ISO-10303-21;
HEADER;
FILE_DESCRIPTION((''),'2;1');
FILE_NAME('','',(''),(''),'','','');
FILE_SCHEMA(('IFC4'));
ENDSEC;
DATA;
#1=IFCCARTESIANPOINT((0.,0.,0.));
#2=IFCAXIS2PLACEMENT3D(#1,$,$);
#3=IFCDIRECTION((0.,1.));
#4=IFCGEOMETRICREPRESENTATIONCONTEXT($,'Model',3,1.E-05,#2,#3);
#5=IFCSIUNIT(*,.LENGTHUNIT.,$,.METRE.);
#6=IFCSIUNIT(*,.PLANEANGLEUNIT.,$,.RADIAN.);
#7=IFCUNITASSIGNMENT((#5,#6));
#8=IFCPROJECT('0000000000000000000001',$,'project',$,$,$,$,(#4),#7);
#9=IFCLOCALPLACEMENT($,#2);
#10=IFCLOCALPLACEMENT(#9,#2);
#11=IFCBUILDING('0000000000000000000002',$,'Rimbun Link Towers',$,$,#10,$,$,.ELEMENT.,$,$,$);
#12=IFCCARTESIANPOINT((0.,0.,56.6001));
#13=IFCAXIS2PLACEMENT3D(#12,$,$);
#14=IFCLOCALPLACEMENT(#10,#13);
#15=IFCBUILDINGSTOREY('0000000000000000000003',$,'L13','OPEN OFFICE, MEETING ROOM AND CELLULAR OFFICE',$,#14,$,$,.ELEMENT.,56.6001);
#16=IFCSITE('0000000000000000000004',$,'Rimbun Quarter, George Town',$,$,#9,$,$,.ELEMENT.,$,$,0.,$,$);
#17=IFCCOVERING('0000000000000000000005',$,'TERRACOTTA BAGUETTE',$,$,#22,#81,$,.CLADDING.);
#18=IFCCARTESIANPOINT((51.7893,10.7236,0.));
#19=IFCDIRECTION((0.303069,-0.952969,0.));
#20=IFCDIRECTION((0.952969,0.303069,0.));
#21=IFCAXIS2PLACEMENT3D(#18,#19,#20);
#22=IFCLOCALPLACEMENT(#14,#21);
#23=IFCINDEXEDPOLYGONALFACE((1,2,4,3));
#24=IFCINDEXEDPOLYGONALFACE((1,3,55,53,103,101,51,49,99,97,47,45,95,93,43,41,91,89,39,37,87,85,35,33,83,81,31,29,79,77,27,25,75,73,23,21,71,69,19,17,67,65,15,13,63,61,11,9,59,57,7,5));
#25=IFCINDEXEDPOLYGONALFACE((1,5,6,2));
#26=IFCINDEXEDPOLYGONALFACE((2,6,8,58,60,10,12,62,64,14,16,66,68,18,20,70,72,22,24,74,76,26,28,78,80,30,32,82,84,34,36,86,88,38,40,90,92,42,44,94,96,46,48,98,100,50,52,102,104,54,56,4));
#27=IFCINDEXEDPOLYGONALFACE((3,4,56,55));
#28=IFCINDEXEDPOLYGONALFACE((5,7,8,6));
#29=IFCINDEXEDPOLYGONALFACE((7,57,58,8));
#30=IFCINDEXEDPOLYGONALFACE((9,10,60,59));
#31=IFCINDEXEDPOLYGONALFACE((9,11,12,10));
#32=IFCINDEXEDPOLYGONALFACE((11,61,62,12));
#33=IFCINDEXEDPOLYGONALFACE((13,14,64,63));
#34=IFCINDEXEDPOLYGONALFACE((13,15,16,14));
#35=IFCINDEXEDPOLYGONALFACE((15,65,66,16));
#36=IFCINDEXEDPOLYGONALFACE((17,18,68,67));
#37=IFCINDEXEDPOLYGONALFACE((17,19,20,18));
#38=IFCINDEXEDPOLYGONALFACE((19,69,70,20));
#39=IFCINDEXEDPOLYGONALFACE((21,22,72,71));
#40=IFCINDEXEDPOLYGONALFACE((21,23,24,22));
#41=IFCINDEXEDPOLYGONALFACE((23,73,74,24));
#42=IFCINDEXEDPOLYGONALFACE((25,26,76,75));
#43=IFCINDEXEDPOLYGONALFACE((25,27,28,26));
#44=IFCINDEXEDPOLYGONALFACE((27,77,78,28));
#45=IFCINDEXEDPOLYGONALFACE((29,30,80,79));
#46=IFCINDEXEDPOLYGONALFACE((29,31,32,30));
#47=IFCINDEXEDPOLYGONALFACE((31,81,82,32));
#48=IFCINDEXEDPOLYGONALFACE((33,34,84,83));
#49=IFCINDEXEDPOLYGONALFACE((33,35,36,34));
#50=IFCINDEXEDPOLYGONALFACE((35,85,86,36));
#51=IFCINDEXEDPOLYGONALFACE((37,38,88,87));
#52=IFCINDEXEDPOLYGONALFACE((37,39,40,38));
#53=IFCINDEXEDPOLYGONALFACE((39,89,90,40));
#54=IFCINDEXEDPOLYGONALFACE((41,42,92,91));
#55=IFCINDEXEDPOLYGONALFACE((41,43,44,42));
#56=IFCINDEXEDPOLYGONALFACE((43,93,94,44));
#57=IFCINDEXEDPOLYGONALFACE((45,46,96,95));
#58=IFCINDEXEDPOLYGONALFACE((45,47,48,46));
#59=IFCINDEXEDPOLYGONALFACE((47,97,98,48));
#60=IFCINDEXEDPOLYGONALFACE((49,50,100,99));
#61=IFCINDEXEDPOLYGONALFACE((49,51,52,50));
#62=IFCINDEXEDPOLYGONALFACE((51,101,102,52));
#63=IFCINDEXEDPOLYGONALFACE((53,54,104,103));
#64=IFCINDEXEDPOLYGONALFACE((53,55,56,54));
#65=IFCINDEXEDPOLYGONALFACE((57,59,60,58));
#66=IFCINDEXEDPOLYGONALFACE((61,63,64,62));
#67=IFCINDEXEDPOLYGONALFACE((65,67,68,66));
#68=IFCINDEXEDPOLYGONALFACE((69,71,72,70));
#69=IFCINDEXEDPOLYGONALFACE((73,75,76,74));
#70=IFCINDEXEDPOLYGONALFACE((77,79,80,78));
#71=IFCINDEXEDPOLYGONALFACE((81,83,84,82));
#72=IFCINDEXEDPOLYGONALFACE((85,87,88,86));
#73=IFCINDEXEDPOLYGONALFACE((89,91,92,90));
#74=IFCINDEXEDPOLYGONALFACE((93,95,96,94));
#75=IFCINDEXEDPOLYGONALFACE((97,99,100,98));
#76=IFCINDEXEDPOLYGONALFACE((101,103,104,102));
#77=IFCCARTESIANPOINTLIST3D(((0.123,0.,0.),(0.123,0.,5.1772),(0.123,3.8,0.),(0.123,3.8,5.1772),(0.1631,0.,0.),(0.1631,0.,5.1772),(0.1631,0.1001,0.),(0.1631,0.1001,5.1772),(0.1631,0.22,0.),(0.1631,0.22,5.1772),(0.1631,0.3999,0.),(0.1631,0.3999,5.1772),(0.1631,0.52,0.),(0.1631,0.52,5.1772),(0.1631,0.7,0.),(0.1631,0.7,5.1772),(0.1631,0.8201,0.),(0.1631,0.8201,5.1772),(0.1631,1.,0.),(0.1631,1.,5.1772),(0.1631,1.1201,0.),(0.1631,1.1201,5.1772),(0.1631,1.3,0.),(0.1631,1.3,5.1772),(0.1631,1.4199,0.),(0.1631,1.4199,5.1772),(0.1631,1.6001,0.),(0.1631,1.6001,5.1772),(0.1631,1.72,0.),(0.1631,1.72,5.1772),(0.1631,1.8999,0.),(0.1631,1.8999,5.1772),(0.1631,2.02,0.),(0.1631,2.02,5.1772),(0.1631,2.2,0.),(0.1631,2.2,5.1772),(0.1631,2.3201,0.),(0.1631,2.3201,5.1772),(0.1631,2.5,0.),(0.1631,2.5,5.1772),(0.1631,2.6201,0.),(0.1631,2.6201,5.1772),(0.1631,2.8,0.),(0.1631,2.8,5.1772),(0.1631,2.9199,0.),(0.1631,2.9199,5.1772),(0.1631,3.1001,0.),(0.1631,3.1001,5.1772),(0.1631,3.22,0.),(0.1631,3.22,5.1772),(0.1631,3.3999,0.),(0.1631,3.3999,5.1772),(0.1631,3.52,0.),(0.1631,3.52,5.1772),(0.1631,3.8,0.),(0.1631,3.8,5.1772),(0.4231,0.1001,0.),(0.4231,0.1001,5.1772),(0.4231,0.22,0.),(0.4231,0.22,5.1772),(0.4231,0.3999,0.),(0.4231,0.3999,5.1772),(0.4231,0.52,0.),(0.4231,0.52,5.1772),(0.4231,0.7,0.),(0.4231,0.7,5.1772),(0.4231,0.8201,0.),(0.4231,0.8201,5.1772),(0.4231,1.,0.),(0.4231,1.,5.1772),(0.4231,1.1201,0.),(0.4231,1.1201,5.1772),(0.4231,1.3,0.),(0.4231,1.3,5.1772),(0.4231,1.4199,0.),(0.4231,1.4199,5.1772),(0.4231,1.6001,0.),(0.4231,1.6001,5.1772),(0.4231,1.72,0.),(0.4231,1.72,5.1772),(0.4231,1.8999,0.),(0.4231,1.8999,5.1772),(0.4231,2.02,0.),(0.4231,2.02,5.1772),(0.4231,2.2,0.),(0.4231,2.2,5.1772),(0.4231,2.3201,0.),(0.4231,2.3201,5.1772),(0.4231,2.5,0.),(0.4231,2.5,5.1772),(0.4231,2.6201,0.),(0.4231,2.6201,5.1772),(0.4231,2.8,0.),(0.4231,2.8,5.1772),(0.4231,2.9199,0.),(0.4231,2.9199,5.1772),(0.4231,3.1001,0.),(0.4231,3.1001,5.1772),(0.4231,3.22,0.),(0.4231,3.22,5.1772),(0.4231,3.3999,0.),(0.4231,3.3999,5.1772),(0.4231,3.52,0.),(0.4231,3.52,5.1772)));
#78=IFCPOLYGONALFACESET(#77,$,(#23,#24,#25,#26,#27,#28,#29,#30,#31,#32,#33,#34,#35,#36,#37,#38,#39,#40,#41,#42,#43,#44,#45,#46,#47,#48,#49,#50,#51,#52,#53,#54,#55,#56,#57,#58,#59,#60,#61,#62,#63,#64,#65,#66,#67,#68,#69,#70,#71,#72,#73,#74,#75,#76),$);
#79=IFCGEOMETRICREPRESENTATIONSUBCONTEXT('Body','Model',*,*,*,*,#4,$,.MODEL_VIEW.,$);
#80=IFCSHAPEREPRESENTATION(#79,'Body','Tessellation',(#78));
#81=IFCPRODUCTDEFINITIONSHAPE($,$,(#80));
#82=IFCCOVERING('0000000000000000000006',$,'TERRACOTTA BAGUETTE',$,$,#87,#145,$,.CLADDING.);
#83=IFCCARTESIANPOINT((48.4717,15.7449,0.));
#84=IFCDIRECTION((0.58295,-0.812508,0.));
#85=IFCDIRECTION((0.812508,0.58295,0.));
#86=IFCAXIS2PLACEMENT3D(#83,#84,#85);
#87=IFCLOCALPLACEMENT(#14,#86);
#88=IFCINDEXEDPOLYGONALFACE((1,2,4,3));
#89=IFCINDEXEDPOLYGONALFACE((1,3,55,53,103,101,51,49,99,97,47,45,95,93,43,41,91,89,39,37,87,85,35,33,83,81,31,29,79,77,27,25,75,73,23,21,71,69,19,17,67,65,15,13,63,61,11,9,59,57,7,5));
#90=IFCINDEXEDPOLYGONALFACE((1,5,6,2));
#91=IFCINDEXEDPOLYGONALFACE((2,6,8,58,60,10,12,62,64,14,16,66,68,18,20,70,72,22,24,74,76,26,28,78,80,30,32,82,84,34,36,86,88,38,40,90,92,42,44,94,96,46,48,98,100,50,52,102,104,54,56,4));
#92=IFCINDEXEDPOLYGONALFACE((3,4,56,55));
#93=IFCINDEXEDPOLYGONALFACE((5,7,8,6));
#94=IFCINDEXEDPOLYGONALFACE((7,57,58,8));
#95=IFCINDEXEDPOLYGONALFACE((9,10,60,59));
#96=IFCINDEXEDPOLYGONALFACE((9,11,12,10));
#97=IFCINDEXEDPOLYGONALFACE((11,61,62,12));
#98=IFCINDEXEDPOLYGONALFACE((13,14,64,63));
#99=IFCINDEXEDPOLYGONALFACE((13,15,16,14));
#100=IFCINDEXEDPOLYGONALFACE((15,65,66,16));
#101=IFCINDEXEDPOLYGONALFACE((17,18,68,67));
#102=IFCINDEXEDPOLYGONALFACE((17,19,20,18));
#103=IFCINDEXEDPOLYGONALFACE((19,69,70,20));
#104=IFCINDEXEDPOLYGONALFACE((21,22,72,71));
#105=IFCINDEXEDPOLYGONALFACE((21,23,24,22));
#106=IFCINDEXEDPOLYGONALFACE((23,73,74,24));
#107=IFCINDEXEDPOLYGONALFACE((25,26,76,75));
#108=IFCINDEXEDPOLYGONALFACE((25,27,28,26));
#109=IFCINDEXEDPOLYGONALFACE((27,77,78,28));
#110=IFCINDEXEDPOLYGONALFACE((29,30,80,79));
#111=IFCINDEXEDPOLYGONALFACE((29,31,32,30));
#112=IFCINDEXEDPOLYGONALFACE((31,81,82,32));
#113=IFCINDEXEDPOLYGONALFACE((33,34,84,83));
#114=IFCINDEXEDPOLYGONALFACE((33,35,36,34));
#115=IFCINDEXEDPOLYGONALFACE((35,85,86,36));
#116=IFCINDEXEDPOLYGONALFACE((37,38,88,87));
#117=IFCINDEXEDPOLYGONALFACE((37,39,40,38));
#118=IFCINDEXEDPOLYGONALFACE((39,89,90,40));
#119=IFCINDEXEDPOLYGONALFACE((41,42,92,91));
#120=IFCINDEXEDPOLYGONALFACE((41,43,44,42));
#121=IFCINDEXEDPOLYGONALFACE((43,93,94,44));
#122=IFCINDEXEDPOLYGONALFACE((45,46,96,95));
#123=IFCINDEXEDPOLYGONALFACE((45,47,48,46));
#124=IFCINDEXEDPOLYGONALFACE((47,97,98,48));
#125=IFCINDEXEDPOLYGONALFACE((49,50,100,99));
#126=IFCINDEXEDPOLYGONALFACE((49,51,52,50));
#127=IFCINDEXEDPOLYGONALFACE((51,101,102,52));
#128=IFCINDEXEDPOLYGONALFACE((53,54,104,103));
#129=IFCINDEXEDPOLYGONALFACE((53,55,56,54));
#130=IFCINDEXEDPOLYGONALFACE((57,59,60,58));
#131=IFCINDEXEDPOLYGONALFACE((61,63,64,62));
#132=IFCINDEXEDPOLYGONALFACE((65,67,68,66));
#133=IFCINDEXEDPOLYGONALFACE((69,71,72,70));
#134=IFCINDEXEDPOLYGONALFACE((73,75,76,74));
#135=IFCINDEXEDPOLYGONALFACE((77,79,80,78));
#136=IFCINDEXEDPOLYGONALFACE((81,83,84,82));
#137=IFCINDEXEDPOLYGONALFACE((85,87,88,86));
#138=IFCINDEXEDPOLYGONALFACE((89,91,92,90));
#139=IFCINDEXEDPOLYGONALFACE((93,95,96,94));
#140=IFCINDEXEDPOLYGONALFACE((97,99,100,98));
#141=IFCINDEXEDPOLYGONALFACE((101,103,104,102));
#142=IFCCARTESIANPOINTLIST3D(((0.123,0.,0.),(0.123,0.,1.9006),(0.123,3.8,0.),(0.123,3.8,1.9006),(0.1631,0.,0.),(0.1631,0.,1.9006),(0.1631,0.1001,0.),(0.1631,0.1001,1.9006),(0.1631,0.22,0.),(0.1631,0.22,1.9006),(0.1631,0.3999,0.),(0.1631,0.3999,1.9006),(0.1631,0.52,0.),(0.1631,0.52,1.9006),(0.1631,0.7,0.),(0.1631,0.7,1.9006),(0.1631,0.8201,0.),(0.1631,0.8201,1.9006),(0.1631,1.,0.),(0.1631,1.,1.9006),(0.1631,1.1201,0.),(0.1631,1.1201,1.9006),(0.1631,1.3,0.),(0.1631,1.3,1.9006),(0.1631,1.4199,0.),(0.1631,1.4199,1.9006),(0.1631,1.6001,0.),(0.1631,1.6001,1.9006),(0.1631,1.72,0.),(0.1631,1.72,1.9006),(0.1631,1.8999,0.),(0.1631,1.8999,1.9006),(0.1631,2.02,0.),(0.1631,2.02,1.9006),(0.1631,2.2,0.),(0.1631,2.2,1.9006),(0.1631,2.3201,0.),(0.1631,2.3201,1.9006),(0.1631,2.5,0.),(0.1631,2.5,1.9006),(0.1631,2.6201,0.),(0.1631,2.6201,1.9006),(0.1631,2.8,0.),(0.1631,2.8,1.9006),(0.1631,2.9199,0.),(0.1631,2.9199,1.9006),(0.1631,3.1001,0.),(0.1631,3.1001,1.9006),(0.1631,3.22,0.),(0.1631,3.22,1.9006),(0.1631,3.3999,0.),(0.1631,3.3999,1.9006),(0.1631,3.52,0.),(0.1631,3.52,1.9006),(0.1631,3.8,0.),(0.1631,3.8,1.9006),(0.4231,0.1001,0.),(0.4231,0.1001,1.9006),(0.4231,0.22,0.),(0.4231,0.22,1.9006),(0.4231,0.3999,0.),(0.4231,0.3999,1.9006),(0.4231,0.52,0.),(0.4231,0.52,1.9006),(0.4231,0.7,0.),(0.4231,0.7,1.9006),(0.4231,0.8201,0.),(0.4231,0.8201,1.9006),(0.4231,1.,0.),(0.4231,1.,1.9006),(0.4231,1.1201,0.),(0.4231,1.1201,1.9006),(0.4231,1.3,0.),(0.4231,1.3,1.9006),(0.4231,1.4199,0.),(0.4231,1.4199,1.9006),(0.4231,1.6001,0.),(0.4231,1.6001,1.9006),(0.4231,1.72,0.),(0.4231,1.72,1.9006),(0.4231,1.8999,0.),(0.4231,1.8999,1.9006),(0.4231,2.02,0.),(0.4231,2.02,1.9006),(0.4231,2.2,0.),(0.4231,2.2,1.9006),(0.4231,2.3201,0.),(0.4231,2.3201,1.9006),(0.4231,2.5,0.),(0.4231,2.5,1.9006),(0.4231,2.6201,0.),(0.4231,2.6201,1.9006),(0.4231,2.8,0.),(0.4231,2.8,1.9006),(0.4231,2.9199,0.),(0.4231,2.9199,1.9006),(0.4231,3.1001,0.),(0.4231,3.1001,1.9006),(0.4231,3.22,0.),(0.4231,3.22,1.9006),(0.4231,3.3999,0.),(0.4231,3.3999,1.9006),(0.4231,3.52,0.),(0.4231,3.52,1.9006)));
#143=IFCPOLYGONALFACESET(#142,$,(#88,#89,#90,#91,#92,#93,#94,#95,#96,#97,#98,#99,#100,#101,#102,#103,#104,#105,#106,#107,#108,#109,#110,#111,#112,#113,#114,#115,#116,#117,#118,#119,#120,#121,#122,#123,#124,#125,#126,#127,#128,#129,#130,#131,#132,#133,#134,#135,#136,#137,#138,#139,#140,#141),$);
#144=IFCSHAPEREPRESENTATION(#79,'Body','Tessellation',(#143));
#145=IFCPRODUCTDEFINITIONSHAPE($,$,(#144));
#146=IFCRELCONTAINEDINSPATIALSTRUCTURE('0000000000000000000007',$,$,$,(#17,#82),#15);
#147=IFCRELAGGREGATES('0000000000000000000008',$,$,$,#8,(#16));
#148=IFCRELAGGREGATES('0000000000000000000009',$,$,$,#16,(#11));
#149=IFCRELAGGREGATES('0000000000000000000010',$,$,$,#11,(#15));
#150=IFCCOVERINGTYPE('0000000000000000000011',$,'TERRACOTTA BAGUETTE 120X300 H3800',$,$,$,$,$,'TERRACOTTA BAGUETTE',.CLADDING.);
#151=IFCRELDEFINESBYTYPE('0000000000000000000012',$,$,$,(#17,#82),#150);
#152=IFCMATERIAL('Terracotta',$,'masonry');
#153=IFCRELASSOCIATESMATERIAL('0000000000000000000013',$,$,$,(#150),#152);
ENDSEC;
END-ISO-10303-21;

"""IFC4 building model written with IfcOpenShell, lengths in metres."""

from ifc_helpers import new_model, si_unit, direction, frame, origin, place, context, subcontext, project, spatial, polyline, outline, extrude, material, material_profile, profile_set, type_object, element, save


model = new_model("IFC4")

# Units and contexts
model_context = context("Model", 3, precision=1e-05, world=origin(), true_north=direction((0.0, 1.0)))
body_context = subcontext(model_context, "Body", "Model", "MODEL_VIEW")
ifc_project = project(units=[si_unit("LENGTHUNIT", "METRE"), si_unit("PLANEANGLEUNIT", "RADIAN")], contexts=[model_context])

# Site, building, storey
site_placement = place(None, origin())
site = spatial("IfcSite", under=ifc_project, at=site_placement, Name="Rimbun Quarter, George Town", CompositionType="ELEMENT", RefElevation=0.0)
building_placement = place(site_placement, origin())
building = spatial("IfcBuilding", under=site, at=building_placement, Name="Rimbun Link Towers", CompositionType="ELEMENT")
storey_placement = place(building_placement, frame((0.0, 0.0, 56.6001)))
storey = spatial("IfcBuildingStorey", under=building, at=storey_placement, Name="L13", Description="OPEN OFFICE, MEETING ROOM AND CELLULAR OFFICE", CompositionType="ELEMENT", Elevation=56.6001)

# Coverings
ifc_material_1 = material(Name="Terracotta", Category="masonry")
ifc_material_profile_1 = material_profile(ifc_material_1, outline(polyline([(0.123, 0.0), (0.1631, 0.0), (0.1631, 0.1001), (0.4231, 0.1001), (0.4231, 0.22), (0.1631, 0.22), (0.1631, 0.3999), (0.4231, 0.3999), (0.4231, 0.52), (0.1631, 0.52), (0.1631, 0.7), (0.4231, 0.7), (0.4231, 0.8201), (0.1631, 0.8201), (0.1631, 1.0), (0.4231, 1.0), (0.4231, 1.1201), (0.1631, 1.1201), (0.1631, 1.3), (0.4231, 1.3), (0.4231, 1.4199), (0.1631, 1.4199), (0.1631, 1.6001), (0.4231, 1.6001), (0.4231, 1.72), (0.1631, 1.72), (0.1631, 1.8999), (0.4231, 1.8999), (0.4231, 2.02), (0.1631, 2.02), (0.1631, 2.2), (0.4231, 2.2), (0.4231, 2.3201), (0.1631, 2.3201), (0.1631, 2.5), (0.4231, 2.5), (0.4231, 2.6201), (0.1631, 2.6201), (0.1631, 2.8), (0.4231, 2.8), (0.4231, 2.9199), (0.1631, 2.9199), (0.1631, 3.1001), (0.4231, 3.1001), (0.4231, 3.22), (0.1631, 3.22), (0.1631, 3.3999), (0.4231, 3.3999), (0.4231, 3.52), (0.1631, 3.52), (0.1631, 3.8), (0.123, 3.8), (0.123, 0.0)])), Name="BAGUETTE 120X300")
ifc_profile_set_1 = profile_set([ifc_material_profile_1], Name="Terracotta")
covering_type = type_object("IfcCoveringType", Name="TERRACOTTA BAGUETTE 120X300 H3800", ElementType="TERRACOTTA BAGUETTE", PredefinedType="CLADDING", material=ifc_profile_set_1)
covering_1_placement = place(storey_placement, frame((51.7893, 10.7236, 0.0), z_axis=(0.303069, -0.952969, 0.0), x_axis=(0.952969, 0.303069, 0.0)))
element("IfcCovering", 1, at=covering_1_placement, inside=storey, type_object=covering_type, Name="TERRACOTTA BAGUETTE", PredefinedType="CLADDING", context=body_context, shape_type="SweptSolid", body=[
    extrude(outline(polyline([(0.123, 0.0), (0.1631, 0.0), (0.1631, 0.1001), (0.4231, 0.1001), (0.4231, 0.22), (0.1631, 0.22), (0.1631, 0.3999), (0.4231, 0.3999), (0.4231, 0.52), (0.1631, 0.52), (0.1631, 0.7), (0.4231, 0.7), (0.4231, 0.8201), (0.1631, 0.8201), (0.1631, 1.0), (0.4231, 1.0), (0.4231, 1.1201), (0.1631, 1.1201), (0.1631, 1.3), (0.4231, 1.3), (0.4231, 1.4199), (0.1631, 1.4199), (0.1631, 1.6001), (0.4231, 1.6001), (0.4231, 1.72), (0.1631, 1.72), (0.1631, 1.8999), (0.4231, 1.8999), (0.4231, 2.02), (0.1631, 2.02), (0.1631, 2.2), (0.4231, 2.2), (0.4231, 2.3201), (0.1631, 2.3201), (0.1631, 2.5), (0.4231, 2.5), (0.4231, 2.6201), (0.1631, 2.6201), (0.1631, 2.8), (0.4231, 2.8), (0.4231, 2.9199), (0.1631, 2.9199), (0.1631, 3.1001), (0.4231, 3.1001), (0.4231, 3.22), (0.1631, 3.22), (0.1631, 3.3999), (0.4231, 3.3999), (0.4231, 3.52), (0.1631, 3.52), (0.1631, 3.8), (0.123, 3.8), (0.123, 0.0)])), origin(), (0.0, 0.0, 1.0), 5.1772),
])
covering_2_placement = place(storey_placement, frame((48.4717, 15.7449, 0.0), z_axis=(0.58295, -0.812508, 0.0), x_axis=(0.812508, 0.58295, 0.0)))
element("IfcCovering", 2, at=covering_2_placement, inside=storey, type_object=covering_type, Name="TERRACOTTA BAGUETTE", PredefinedType="CLADDING", context=body_context, shape_type="SweptSolid", body=[
    extrude(outline(polyline([(0.123, 0.0), (0.1631, 0.0), (0.1631, 0.1001), (0.4231, 0.1001), (0.4231, 0.22), (0.1631, 0.22), (0.1631, 0.3999), (0.4231, 0.3999), (0.4231, 0.52), (0.1631, 0.52), (0.1631, 0.7), (0.4231, 0.7), (0.4231, 0.8201), (0.1631, 0.8201), (0.1631, 1.0), (0.4231, 1.0), (0.4231, 1.1201), (0.1631, 1.1201), (0.1631, 1.3), (0.4231, 1.3), (0.4231, 1.4199), (0.1631, 1.4199), (0.1631, 1.6001), (0.4231, 1.6001), (0.4231, 1.72), (0.1631, 1.72), (0.1631, 1.8999), (0.4231, 1.8999), (0.4231, 2.02), (0.1631, 2.02), (0.1631, 2.2), (0.4231, 2.2), (0.4231, 2.3201), (0.1631, 2.3201), (0.1631, 2.5), (0.4231, 2.5), (0.4231, 2.6201), (0.1631, 2.6201), (0.1631, 2.8), (0.4231, 2.8), (0.4231, 2.9199), (0.1631, 2.9199), (0.1631, 3.1001), (0.4231, 3.1001), (0.4231, 3.22), (0.1631, 3.22), (0.1631, 3.3999), (0.4231, 3.3999), (0.4231, 3.52), (0.1631, 3.52), (0.1631, 3.8), (0.123, 3.8), (0.123, 0.0)])), origin(), (0.0, 0.0, 1.0), 1.9006),
])

save(model, "model.ifc")
